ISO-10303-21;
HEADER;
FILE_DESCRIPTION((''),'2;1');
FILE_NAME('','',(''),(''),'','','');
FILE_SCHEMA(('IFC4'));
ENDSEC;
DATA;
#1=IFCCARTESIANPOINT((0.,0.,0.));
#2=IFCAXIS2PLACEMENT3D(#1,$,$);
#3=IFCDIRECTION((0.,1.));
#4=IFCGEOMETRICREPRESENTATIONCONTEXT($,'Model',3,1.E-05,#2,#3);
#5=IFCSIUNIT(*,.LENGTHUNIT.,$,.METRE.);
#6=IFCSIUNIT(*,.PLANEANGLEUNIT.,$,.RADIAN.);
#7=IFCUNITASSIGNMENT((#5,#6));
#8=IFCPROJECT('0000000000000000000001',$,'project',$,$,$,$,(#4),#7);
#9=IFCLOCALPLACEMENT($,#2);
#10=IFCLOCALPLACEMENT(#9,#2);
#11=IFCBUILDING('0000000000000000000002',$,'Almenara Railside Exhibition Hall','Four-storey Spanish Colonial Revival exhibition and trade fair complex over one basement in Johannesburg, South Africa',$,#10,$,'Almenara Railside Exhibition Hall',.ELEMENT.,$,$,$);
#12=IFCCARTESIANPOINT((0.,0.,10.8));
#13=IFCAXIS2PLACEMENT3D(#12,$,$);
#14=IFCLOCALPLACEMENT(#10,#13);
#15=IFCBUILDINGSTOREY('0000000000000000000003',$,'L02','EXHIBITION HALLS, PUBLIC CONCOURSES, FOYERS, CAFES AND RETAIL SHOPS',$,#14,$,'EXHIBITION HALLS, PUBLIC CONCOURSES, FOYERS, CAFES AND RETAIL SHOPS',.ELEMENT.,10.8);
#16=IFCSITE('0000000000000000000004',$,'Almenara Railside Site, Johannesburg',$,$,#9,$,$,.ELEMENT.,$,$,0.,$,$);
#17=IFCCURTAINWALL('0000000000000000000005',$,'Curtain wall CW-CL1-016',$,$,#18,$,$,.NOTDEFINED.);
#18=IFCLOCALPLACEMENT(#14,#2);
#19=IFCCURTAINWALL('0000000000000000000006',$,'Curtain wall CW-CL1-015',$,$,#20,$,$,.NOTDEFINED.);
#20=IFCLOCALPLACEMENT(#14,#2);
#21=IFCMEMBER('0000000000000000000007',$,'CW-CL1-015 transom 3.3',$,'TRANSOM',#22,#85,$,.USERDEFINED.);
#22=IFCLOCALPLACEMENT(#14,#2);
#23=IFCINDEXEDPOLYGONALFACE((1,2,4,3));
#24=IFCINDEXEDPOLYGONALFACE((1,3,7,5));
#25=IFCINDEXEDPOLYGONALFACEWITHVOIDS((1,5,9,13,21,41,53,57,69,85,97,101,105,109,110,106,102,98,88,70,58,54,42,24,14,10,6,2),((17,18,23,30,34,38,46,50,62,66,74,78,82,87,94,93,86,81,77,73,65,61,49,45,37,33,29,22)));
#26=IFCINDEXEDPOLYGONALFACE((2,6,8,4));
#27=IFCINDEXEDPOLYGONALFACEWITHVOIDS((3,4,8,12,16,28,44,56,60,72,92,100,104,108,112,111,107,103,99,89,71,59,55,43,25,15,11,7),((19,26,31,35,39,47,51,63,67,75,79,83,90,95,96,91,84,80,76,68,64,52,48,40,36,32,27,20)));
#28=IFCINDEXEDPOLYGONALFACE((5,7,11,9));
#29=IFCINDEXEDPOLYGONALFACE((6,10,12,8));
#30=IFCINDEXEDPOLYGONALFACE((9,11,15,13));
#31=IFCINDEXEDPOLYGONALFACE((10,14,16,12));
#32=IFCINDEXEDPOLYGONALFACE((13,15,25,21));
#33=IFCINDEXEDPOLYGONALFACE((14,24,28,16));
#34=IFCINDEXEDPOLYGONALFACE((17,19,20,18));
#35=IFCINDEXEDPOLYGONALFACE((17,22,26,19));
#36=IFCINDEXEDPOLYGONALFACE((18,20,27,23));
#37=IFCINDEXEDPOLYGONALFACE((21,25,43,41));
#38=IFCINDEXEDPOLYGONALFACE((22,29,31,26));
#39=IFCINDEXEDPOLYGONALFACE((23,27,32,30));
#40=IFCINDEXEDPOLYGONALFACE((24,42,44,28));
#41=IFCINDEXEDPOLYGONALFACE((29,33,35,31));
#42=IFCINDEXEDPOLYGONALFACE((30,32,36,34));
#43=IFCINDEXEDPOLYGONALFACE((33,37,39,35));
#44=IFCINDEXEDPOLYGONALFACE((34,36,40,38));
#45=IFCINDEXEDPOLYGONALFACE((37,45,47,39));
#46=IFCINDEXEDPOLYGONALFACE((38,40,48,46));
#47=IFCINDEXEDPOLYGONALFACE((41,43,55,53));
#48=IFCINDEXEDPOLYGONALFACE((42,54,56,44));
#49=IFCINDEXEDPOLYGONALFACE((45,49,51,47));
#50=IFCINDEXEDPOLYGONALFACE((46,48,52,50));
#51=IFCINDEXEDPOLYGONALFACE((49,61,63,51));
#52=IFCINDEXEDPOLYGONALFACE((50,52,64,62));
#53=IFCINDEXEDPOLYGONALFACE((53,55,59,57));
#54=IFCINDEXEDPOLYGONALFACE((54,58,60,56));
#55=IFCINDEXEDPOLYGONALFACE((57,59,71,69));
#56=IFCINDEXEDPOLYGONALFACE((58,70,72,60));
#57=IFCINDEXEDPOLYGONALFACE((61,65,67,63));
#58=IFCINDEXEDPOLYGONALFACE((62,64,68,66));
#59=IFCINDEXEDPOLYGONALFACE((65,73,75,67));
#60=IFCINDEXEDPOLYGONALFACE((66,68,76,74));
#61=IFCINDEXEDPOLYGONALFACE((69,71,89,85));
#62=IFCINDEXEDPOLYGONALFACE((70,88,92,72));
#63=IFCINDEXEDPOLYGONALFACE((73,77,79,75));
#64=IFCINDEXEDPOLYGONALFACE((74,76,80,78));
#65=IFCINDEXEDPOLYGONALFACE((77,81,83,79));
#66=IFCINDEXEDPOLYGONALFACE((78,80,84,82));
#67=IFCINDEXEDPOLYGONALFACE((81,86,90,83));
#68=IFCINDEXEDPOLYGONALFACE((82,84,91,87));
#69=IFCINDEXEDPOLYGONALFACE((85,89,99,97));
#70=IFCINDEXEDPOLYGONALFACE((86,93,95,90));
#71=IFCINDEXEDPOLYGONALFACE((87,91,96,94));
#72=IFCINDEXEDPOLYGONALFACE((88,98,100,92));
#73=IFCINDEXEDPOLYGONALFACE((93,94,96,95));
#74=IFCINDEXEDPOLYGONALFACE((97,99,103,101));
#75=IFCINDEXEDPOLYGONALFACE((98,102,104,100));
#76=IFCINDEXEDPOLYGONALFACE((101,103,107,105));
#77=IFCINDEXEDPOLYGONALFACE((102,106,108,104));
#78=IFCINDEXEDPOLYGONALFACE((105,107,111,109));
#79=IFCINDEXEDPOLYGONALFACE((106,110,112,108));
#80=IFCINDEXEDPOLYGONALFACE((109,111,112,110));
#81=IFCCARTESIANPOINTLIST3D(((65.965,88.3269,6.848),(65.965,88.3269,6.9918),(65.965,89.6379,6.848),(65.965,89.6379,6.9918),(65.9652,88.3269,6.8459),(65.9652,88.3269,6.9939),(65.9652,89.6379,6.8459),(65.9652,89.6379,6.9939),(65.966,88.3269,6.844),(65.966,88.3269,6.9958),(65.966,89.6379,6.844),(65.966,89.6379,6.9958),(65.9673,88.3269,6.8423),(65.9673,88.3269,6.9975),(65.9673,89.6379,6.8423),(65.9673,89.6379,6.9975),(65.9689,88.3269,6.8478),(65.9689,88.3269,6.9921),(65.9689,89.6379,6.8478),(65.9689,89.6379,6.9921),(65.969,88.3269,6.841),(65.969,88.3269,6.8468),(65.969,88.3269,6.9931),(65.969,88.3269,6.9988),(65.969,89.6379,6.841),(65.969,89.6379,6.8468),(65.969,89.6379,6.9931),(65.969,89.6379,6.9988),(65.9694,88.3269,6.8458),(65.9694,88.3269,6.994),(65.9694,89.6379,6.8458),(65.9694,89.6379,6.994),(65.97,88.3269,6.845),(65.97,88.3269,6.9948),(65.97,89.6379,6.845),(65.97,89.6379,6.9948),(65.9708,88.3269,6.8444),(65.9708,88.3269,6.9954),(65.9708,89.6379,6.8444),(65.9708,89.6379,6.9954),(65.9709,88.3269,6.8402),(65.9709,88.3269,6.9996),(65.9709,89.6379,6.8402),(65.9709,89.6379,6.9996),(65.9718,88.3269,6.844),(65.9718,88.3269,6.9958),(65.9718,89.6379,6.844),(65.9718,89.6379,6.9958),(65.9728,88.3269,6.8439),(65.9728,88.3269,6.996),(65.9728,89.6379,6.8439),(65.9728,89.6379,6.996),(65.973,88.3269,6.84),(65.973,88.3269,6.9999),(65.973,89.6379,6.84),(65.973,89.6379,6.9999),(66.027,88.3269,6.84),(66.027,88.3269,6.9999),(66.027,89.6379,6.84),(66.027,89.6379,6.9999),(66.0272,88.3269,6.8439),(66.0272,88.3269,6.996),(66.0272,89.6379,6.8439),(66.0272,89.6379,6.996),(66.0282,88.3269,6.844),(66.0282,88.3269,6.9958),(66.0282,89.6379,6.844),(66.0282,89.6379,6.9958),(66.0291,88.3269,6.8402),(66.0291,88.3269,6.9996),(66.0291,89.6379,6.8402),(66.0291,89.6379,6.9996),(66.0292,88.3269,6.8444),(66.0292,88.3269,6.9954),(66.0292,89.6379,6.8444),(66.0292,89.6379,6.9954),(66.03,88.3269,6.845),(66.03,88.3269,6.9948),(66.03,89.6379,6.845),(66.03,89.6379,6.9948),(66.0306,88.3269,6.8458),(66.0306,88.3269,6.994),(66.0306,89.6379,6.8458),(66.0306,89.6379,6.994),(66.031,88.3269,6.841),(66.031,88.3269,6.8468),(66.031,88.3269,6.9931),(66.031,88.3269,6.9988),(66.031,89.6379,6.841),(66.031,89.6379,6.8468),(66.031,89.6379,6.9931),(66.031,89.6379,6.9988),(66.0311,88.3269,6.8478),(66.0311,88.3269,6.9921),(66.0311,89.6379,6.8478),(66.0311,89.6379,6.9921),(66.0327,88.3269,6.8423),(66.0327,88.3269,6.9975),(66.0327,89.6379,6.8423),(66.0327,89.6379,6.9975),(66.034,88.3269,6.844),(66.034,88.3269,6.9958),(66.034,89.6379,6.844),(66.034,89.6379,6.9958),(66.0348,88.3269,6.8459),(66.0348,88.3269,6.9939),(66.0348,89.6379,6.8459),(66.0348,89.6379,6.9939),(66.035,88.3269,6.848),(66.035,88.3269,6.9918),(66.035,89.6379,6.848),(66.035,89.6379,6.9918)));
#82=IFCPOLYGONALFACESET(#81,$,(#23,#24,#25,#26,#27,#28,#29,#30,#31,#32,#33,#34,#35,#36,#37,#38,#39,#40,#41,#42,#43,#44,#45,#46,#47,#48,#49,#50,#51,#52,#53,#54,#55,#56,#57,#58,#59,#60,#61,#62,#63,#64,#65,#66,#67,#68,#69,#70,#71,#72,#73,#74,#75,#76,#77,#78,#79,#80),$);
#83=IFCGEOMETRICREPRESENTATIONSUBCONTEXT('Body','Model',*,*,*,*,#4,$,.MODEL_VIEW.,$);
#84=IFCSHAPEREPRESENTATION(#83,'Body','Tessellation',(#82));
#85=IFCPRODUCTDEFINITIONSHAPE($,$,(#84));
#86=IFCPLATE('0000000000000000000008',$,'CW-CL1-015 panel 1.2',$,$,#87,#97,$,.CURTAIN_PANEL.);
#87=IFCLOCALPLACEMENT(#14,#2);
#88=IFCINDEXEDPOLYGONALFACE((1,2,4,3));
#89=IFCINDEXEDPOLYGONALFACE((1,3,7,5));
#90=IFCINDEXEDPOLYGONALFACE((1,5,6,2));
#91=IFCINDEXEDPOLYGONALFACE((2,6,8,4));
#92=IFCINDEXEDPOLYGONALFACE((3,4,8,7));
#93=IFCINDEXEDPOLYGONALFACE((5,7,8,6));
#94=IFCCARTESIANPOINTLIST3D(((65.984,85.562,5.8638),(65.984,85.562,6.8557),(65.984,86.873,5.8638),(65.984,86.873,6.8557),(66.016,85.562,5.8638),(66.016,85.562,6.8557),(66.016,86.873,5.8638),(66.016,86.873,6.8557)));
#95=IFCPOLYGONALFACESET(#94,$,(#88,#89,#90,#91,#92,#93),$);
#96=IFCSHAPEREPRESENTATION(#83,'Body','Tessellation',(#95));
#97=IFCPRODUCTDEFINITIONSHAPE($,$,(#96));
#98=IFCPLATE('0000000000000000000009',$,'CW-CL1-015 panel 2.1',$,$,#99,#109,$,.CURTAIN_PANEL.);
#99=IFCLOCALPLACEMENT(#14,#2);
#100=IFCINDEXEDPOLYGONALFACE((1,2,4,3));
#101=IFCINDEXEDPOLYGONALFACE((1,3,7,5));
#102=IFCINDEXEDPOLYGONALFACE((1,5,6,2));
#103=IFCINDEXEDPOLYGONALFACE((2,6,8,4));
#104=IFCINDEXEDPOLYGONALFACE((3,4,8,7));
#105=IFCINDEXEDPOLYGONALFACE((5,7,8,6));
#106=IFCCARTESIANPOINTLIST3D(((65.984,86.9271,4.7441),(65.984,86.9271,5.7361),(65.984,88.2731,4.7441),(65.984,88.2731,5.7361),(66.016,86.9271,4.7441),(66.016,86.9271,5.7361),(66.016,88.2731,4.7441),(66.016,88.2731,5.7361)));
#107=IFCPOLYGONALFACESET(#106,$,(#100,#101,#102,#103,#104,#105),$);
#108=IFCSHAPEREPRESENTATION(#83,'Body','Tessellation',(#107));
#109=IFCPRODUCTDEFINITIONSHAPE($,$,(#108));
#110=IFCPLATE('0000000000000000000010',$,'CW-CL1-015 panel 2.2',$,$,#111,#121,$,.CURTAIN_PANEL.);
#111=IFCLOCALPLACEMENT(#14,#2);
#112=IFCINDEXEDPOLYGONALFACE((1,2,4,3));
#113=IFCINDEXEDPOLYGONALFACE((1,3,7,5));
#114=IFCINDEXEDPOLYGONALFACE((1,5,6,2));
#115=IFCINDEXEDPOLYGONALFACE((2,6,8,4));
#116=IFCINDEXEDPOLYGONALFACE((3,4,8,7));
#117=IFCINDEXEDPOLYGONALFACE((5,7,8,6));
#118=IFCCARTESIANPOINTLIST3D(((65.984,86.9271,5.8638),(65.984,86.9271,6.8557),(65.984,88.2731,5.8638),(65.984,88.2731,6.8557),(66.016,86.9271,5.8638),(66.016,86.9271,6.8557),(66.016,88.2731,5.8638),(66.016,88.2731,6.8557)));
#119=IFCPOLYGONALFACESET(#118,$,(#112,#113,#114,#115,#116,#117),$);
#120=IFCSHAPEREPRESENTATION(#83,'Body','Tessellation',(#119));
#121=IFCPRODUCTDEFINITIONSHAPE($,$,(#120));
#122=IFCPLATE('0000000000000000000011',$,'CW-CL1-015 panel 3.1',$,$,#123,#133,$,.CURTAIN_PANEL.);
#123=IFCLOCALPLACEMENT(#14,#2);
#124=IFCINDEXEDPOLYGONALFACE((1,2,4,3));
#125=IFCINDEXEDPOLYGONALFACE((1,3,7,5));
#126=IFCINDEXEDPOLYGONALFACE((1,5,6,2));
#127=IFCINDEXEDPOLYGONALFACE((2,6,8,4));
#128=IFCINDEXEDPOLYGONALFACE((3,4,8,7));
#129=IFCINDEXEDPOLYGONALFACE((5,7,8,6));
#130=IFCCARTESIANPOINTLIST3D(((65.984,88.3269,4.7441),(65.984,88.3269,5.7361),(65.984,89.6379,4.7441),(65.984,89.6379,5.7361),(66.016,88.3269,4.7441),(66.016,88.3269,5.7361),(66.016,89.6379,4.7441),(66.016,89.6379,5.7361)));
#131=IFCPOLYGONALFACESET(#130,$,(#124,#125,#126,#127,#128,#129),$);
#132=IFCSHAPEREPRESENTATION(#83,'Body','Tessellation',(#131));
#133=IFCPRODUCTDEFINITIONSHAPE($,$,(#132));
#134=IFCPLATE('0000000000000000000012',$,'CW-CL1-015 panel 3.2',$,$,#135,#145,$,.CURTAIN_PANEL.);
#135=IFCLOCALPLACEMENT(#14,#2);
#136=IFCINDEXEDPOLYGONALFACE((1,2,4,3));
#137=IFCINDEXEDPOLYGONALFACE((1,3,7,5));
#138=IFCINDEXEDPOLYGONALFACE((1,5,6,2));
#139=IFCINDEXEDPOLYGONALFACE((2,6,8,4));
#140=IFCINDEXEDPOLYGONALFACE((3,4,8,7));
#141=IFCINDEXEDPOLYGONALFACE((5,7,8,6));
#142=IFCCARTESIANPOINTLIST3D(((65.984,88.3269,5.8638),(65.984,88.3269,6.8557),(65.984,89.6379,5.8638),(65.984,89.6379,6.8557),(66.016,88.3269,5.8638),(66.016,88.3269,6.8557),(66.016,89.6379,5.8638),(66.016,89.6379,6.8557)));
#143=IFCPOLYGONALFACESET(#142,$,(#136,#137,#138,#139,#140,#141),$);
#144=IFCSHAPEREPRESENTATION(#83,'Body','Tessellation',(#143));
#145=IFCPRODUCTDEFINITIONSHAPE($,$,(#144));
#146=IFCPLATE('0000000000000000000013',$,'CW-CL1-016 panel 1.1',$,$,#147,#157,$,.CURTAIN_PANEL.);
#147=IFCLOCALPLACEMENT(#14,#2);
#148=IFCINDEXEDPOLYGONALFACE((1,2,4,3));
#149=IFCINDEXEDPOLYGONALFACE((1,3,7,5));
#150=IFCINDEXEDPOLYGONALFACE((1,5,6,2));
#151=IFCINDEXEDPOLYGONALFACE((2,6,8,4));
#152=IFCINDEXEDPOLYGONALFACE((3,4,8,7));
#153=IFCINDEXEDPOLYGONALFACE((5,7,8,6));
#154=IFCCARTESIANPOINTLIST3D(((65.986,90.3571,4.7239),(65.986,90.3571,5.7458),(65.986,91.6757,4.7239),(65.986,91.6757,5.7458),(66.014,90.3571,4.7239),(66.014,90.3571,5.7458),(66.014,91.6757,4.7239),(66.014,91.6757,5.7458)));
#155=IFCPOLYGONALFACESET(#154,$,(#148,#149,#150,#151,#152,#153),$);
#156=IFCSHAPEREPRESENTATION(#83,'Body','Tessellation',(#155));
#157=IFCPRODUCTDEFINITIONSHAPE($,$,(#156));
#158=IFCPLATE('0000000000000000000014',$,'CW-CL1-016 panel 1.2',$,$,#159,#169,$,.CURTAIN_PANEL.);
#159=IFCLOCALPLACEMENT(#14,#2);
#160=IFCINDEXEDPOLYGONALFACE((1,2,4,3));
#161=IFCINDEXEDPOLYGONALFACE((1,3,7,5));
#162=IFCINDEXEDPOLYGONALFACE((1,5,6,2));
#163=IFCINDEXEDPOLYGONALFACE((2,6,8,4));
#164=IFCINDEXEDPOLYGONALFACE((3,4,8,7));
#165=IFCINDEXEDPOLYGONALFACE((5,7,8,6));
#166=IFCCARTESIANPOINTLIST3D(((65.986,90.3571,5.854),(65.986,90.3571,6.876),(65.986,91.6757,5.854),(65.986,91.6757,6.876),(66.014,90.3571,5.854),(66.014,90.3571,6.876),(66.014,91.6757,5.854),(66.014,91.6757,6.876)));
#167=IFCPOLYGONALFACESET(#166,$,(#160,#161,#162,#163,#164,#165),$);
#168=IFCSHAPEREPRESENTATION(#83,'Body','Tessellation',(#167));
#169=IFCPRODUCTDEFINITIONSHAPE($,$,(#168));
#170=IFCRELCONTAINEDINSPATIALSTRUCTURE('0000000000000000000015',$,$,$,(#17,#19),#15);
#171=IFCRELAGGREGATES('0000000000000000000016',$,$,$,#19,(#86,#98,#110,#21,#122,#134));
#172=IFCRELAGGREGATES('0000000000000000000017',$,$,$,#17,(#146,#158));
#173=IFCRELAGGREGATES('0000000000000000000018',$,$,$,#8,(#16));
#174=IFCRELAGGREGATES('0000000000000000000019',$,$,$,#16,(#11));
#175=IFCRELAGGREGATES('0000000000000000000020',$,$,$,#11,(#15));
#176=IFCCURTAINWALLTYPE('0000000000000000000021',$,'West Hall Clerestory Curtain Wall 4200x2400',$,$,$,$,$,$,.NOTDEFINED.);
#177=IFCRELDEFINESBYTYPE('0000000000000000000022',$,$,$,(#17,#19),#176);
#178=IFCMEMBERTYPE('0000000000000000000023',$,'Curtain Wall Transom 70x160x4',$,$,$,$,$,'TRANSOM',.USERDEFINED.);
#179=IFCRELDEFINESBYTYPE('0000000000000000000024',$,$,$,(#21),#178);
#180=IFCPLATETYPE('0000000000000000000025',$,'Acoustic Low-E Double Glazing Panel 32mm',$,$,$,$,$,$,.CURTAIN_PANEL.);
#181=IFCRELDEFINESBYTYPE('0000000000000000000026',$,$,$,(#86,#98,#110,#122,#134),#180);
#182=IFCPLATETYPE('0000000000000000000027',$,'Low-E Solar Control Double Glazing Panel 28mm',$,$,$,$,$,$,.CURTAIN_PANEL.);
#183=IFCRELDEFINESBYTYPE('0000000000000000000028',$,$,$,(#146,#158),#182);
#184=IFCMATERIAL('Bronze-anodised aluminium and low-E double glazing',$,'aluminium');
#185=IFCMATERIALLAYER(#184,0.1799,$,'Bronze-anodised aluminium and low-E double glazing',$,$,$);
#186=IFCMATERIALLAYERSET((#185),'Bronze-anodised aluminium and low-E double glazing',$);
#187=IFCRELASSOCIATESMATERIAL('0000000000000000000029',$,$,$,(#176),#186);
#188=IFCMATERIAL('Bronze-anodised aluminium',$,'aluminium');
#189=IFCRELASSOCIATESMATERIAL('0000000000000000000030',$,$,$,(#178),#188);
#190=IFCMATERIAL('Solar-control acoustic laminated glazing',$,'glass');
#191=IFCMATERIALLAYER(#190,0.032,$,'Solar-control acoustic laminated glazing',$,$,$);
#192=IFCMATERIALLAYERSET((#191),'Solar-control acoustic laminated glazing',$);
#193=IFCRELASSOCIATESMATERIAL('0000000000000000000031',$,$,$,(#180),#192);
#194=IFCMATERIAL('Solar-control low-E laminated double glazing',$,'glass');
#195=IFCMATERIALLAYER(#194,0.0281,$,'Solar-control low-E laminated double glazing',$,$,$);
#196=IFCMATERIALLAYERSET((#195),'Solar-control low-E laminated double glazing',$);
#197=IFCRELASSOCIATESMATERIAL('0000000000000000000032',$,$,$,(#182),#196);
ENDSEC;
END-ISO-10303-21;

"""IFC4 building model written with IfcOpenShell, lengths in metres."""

from ifc_helpers import new_model, si_unit, direction, frame, origin, origin_2d, place, context, subcontext, project, spatial, rectangle, hollow_rectangle, extrude, material, layer, layer_set, material_profile, profile_set, type_object, element, aggregate, save


model = new_model("IFC4")

# Units and contexts
model_context = context("Model", 3, precision=1e-05, world=origin(), true_north=direction((0.0, 1.0)))
body_context = subcontext(model_context, "Body", "Model", "MODEL_VIEW")
ifc_project = project(units=[si_unit("LENGTHUNIT", "METRE"), si_unit("PLANEANGLEUNIT", "RADIAN")], contexts=[model_context])

# Site, building, storey
site_placement = place(None, origin())
site = spatial("IfcSite", under=ifc_project, at=site_placement, Name="Almenara Railside Site, Johannesburg", CompositionType="ELEMENT", RefElevation=0.0)
building_placement = place(site_placement, origin())
building = spatial("IfcBuilding", under=site, at=building_placement, Name="Almenara Railside Exhibition Hall", Description="Four-storey Spanish Colonial Revival exhibition and trade fair complex over one basement in Johannesburg, South Africa", LongName="Almenara Railside Exhibition Hall", CompositionType="ELEMENT")
storey_placement = place(building_placement, frame((0.0, 0.0, 10.8)))
storey = spatial("IfcBuildingStorey", under=building, at=storey_placement, Name="L02", Description="EXHIBITION HALLS, PUBLIC CONCOURSES, FOYERS, CAFES AND RETAIL SHOPS", LongName="EXHIBITION HALLS, PUBLIC CONCOURSES, FOYERS, CAFES AND RETAIL SHOPS", CompositionType="ELEMENT", Elevation=10.8)

# Curtain wall
ifc_material_1 = material(Name="Bronze-anodised aluminium and low-E double glazing", Category="aluminium")
ifc_layer_1 = layer(ifc_material_1, 0.1799, Name="Bronze-anodised aluminium and low-E double glazing")
ifc_layer_set_1 = layer_set([ifc_layer_1], Name="Bronze-anodised aluminium and low-E double glazing")
curtain_wall_type = type_object("IfcCurtainWallType", Name="West Hall Clerestory Curtain Wall 4200x2400", PredefinedType="NOTDEFINED", material=ifc_layer_set_1)
curtain_wall_1_placement = place(storey_placement, origin())
curtain_wall_1 = element("IfcCurtainWall", 1, at=curtain_wall_1_placement, inside=storey, type_object=curtain_wall_type, Name="Curtain wall CW-CL1-016", PredefinedType="NOTDEFINED")
ifc_material_2 = material(Name="Bronze-anodised aluminium", Category="aluminium")

# Curtain wall
curtain_wall_2_placement = place(storey_placement, origin())
curtain_wall_2 = element("IfcCurtainWall", 2, at=curtain_wall_2_placement, inside=storey, type_object=curtain_wall_type, Name="Curtain wall CW-CL1-015", PredefinedType="NOTDEFINED")

# Member
ifc_material_profile_1 = material_profile(ifc_material_2, hollow_rectangle(XDim=0.0701, YDim=0.1599, WallThickness=0.0039, InnerFilletRadius=0.0039, OuterFilletRadius=0.0081, at=origin_2d()), Name="ALU-TRN 70x160x4")
ifc_profile_set_1 = profile_set([ifc_material_profile_1], Name="Bronze-anodised aluminium")
member_type_1 = type_object("IfcMemberType", Name="Curtain Wall Transom 70x160x4", ElementType="TRANSOM", PredefinedType="USERDEFINED", material=ifc_profile_set_1)
member_1_placement = place(storey_placement, frame((66.0, 88.3269, 6.9199), z_axis=(0.0, 1.0, 0.0), x_axis=(-1.0, 0.0, 0.0)))
member_1 = element("IfcMember", 3, at=member_1_placement, type_object=member_type_1, Name="CW-CL1-015 transom 3.3", ObjectType="TRANSOM", PredefinedType="USERDEFINED", context=body_context, shape_type="SweptSolid", body=[
    extrude(hollow_rectangle(XDim=0.0701, YDim=0.1599, WallThickness=0.0039, InnerFilletRadius=0.0039, OuterFilletRadius=0.0081, at=origin_2d()), origin(), (0.0, 0.0, 1.0), 1.311),
])

# Plates
ifc_material_3 = material(Name="Solar-control acoustic laminated glazing", Category="glass")
ifc_layer_2 = layer(ifc_material_3, 0.032, Name="Solar-control acoustic laminated glazing")
ifc_layer_set_2 = layer_set([ifc_layer_2], Name="Solar-control acoustic laminated glazing")
plate_type_1 = type_object("IfcPlateType", Name="Acoustic Low-E Double Glazing Panel 32mm", PredefinedType="CURTAIN_PANEL", material=ifc_layer_set_2)
plate_1_placement = place(storey_placement, frame((66.0, 86.2175, 5.8638), z_axis=(0.0, 0.0, 1.0), x_axis=(0.0, 1.0, 0.0)))
plate_1 = element("IfcPlate", 4, at=plate_1_placement, type_object=plate_type_1, Name="CW-CL1-015 panel 1.2", PredefinedType="CURTAIN_PANEL", context=body_context, shape_type="SweptSolid", body=[
    extrude(rectangle(XDim=1.311, YDim=0.032, at=origin_2d()), origin(), (0.0, 0.0, 1.0), 0.9919),
])
plate_2_placement = place(storey_placement, frame((66.0, 87.6001, 4.7441), z_axis=(0.0, 0.0, 1.0), x_axis=(0.0, 1.0, 0.0)))
plate_2 = element("IfcPlate", 5, at=plate_2_placement, type_object=plate_type_1, Name="CW-CL1-015 panel 2.1", PredefinedType="CURTAIN_PANEL", context=body_context, shape_type="SweptSolid", body=[
    extrude(rectangle(XDim=1.3459, YDim=0.032, at=origin_2d()), origin(), (0.0, 0.0, 1.0), 0.9919),
])
plate_3_placement = place(storey_placement, frame((66.0, 87.6001, 5.8638), z_axis=(0.0, 0.0, 1.0), x_axis=(0.0, 1.0, 0.0)))
plate_3 = element("IfcPlate", 6, at=plate_3_placement, type_object=plate_type_1, Name="CW-CL1-015 panel 2.2", PredefinedType="CURTAIN_PANEL", context=body_context, shape_type="SweptSolid", body=[
    extrude(rectangle(XDim=1.3459, YDim=0.032, at=origin_2d()), origin(), (0.0, 0.0, 1.0), 0.9919),
])
plate_4_placement = place(storey_placement, frame((66.0, 88.9824, 4.7441), z_axis=(0.0, 0.0, 1.0), x_axis=(0.0, 1.0, 0.0)))
plate_4 = element("IfcPlate", 7, at=plate_4_placement, type_object=plate_type_1, Name="CW-CL1-015 panel 3.1", PredefinedType="CURTAIN_PANEL", context=body_context, shape_type="SweptSolid", body=[
    extrude(rectangle(XDim=1.311, YDim=0.032, at=origin_2d()), origin(), (0.0, 0.0, 1.0), 0.9919),
])
plate_5_placement = place(storey_placement, frame((66.0, 88.9824, 5.8638), z_axis=(0.0, 0.0, 1.0), x_axis=(0.0, 1.0, 0.0)))
plate_5 = element("IfcPlate", 8, at=plate_5_placement, type_object=plate_type_1, Name="CW-CL1-015 panel 3.2", PredefinedType="CURTAIN_PANEL", context=body_context, shape_type="SweptSolid", body=[
    extrude(rectangle(XDim=1.311, YDim=0.032, at=origin_2d()), origin(), (0.0, 0.0, 1.0), 0.9919),
])
aggregate(curtain_wall_2, [plate_1, plate_2, plate_3, member_1, plate_4, plate_5])
ifc_material_4 = material(Name="Solar-control low-E laminated double glazing", Category="glass")
ifc_layer_3 = layer(ifc_material_4, 0.0281, Name="Solar-control low-E laminated double glazing")
ifc_layer_set_3 = layer_set([ifc_layer_3], Name="Solar-control low-E laminated double glazing")
plate_type_2 = type_object("IfcPlateType", Name="Low-E Solar Control Double Glazing Panel 28mm", PredefinedType="CURTAIN_PANEL", material=ifc_layer_set_3)
plate_6_placement = place(storey_placement, frame((66.0, 91.0164, 4.7239), z_axis=(0.0, 0.0, 1.0), x_axis=(0.0, 1.0, 0.0)))
plate_6 = element("IfcPlate", 9, at=plate_6_placement, type_object=plate_type_2, Name="CW-CL1-016 panel 1.1", PredefinedType="CURTAIN_PANEL", context=body_context, shape_type="SweptSolid", body=[
    extrude(rectangle(XDim=1.3186, YDim=0.0281, at=origin_2d()), origin(), (0.0, 0.0, 1.0), 1.022),
])
plate_7_placement = place(storey_placement, frame((66.0, 91.0164, 5.854), z_axis=(0.0, 0.0, 1.0), x_axis=(0.0, 1.0, 0.0)))
plate_7 = element("IfcPlate", 10, at=plate_7_placement, type_object=plate_type_2, Name="CW-CL1-016 panel 1.2", PredefinedType="CURTAIN_PANEL", context=body_context, shape_type="SweptSolid", body=[
    extrude(rectangle(XDim=1.3186, YDim=0.0281, at=origin_2d()), origin(), (0.0, 0.0, 1.0), 1.022),
])
aggregate(curtain_wall_1, [plate_6, plate_7])

save(model, "model.ifc")
